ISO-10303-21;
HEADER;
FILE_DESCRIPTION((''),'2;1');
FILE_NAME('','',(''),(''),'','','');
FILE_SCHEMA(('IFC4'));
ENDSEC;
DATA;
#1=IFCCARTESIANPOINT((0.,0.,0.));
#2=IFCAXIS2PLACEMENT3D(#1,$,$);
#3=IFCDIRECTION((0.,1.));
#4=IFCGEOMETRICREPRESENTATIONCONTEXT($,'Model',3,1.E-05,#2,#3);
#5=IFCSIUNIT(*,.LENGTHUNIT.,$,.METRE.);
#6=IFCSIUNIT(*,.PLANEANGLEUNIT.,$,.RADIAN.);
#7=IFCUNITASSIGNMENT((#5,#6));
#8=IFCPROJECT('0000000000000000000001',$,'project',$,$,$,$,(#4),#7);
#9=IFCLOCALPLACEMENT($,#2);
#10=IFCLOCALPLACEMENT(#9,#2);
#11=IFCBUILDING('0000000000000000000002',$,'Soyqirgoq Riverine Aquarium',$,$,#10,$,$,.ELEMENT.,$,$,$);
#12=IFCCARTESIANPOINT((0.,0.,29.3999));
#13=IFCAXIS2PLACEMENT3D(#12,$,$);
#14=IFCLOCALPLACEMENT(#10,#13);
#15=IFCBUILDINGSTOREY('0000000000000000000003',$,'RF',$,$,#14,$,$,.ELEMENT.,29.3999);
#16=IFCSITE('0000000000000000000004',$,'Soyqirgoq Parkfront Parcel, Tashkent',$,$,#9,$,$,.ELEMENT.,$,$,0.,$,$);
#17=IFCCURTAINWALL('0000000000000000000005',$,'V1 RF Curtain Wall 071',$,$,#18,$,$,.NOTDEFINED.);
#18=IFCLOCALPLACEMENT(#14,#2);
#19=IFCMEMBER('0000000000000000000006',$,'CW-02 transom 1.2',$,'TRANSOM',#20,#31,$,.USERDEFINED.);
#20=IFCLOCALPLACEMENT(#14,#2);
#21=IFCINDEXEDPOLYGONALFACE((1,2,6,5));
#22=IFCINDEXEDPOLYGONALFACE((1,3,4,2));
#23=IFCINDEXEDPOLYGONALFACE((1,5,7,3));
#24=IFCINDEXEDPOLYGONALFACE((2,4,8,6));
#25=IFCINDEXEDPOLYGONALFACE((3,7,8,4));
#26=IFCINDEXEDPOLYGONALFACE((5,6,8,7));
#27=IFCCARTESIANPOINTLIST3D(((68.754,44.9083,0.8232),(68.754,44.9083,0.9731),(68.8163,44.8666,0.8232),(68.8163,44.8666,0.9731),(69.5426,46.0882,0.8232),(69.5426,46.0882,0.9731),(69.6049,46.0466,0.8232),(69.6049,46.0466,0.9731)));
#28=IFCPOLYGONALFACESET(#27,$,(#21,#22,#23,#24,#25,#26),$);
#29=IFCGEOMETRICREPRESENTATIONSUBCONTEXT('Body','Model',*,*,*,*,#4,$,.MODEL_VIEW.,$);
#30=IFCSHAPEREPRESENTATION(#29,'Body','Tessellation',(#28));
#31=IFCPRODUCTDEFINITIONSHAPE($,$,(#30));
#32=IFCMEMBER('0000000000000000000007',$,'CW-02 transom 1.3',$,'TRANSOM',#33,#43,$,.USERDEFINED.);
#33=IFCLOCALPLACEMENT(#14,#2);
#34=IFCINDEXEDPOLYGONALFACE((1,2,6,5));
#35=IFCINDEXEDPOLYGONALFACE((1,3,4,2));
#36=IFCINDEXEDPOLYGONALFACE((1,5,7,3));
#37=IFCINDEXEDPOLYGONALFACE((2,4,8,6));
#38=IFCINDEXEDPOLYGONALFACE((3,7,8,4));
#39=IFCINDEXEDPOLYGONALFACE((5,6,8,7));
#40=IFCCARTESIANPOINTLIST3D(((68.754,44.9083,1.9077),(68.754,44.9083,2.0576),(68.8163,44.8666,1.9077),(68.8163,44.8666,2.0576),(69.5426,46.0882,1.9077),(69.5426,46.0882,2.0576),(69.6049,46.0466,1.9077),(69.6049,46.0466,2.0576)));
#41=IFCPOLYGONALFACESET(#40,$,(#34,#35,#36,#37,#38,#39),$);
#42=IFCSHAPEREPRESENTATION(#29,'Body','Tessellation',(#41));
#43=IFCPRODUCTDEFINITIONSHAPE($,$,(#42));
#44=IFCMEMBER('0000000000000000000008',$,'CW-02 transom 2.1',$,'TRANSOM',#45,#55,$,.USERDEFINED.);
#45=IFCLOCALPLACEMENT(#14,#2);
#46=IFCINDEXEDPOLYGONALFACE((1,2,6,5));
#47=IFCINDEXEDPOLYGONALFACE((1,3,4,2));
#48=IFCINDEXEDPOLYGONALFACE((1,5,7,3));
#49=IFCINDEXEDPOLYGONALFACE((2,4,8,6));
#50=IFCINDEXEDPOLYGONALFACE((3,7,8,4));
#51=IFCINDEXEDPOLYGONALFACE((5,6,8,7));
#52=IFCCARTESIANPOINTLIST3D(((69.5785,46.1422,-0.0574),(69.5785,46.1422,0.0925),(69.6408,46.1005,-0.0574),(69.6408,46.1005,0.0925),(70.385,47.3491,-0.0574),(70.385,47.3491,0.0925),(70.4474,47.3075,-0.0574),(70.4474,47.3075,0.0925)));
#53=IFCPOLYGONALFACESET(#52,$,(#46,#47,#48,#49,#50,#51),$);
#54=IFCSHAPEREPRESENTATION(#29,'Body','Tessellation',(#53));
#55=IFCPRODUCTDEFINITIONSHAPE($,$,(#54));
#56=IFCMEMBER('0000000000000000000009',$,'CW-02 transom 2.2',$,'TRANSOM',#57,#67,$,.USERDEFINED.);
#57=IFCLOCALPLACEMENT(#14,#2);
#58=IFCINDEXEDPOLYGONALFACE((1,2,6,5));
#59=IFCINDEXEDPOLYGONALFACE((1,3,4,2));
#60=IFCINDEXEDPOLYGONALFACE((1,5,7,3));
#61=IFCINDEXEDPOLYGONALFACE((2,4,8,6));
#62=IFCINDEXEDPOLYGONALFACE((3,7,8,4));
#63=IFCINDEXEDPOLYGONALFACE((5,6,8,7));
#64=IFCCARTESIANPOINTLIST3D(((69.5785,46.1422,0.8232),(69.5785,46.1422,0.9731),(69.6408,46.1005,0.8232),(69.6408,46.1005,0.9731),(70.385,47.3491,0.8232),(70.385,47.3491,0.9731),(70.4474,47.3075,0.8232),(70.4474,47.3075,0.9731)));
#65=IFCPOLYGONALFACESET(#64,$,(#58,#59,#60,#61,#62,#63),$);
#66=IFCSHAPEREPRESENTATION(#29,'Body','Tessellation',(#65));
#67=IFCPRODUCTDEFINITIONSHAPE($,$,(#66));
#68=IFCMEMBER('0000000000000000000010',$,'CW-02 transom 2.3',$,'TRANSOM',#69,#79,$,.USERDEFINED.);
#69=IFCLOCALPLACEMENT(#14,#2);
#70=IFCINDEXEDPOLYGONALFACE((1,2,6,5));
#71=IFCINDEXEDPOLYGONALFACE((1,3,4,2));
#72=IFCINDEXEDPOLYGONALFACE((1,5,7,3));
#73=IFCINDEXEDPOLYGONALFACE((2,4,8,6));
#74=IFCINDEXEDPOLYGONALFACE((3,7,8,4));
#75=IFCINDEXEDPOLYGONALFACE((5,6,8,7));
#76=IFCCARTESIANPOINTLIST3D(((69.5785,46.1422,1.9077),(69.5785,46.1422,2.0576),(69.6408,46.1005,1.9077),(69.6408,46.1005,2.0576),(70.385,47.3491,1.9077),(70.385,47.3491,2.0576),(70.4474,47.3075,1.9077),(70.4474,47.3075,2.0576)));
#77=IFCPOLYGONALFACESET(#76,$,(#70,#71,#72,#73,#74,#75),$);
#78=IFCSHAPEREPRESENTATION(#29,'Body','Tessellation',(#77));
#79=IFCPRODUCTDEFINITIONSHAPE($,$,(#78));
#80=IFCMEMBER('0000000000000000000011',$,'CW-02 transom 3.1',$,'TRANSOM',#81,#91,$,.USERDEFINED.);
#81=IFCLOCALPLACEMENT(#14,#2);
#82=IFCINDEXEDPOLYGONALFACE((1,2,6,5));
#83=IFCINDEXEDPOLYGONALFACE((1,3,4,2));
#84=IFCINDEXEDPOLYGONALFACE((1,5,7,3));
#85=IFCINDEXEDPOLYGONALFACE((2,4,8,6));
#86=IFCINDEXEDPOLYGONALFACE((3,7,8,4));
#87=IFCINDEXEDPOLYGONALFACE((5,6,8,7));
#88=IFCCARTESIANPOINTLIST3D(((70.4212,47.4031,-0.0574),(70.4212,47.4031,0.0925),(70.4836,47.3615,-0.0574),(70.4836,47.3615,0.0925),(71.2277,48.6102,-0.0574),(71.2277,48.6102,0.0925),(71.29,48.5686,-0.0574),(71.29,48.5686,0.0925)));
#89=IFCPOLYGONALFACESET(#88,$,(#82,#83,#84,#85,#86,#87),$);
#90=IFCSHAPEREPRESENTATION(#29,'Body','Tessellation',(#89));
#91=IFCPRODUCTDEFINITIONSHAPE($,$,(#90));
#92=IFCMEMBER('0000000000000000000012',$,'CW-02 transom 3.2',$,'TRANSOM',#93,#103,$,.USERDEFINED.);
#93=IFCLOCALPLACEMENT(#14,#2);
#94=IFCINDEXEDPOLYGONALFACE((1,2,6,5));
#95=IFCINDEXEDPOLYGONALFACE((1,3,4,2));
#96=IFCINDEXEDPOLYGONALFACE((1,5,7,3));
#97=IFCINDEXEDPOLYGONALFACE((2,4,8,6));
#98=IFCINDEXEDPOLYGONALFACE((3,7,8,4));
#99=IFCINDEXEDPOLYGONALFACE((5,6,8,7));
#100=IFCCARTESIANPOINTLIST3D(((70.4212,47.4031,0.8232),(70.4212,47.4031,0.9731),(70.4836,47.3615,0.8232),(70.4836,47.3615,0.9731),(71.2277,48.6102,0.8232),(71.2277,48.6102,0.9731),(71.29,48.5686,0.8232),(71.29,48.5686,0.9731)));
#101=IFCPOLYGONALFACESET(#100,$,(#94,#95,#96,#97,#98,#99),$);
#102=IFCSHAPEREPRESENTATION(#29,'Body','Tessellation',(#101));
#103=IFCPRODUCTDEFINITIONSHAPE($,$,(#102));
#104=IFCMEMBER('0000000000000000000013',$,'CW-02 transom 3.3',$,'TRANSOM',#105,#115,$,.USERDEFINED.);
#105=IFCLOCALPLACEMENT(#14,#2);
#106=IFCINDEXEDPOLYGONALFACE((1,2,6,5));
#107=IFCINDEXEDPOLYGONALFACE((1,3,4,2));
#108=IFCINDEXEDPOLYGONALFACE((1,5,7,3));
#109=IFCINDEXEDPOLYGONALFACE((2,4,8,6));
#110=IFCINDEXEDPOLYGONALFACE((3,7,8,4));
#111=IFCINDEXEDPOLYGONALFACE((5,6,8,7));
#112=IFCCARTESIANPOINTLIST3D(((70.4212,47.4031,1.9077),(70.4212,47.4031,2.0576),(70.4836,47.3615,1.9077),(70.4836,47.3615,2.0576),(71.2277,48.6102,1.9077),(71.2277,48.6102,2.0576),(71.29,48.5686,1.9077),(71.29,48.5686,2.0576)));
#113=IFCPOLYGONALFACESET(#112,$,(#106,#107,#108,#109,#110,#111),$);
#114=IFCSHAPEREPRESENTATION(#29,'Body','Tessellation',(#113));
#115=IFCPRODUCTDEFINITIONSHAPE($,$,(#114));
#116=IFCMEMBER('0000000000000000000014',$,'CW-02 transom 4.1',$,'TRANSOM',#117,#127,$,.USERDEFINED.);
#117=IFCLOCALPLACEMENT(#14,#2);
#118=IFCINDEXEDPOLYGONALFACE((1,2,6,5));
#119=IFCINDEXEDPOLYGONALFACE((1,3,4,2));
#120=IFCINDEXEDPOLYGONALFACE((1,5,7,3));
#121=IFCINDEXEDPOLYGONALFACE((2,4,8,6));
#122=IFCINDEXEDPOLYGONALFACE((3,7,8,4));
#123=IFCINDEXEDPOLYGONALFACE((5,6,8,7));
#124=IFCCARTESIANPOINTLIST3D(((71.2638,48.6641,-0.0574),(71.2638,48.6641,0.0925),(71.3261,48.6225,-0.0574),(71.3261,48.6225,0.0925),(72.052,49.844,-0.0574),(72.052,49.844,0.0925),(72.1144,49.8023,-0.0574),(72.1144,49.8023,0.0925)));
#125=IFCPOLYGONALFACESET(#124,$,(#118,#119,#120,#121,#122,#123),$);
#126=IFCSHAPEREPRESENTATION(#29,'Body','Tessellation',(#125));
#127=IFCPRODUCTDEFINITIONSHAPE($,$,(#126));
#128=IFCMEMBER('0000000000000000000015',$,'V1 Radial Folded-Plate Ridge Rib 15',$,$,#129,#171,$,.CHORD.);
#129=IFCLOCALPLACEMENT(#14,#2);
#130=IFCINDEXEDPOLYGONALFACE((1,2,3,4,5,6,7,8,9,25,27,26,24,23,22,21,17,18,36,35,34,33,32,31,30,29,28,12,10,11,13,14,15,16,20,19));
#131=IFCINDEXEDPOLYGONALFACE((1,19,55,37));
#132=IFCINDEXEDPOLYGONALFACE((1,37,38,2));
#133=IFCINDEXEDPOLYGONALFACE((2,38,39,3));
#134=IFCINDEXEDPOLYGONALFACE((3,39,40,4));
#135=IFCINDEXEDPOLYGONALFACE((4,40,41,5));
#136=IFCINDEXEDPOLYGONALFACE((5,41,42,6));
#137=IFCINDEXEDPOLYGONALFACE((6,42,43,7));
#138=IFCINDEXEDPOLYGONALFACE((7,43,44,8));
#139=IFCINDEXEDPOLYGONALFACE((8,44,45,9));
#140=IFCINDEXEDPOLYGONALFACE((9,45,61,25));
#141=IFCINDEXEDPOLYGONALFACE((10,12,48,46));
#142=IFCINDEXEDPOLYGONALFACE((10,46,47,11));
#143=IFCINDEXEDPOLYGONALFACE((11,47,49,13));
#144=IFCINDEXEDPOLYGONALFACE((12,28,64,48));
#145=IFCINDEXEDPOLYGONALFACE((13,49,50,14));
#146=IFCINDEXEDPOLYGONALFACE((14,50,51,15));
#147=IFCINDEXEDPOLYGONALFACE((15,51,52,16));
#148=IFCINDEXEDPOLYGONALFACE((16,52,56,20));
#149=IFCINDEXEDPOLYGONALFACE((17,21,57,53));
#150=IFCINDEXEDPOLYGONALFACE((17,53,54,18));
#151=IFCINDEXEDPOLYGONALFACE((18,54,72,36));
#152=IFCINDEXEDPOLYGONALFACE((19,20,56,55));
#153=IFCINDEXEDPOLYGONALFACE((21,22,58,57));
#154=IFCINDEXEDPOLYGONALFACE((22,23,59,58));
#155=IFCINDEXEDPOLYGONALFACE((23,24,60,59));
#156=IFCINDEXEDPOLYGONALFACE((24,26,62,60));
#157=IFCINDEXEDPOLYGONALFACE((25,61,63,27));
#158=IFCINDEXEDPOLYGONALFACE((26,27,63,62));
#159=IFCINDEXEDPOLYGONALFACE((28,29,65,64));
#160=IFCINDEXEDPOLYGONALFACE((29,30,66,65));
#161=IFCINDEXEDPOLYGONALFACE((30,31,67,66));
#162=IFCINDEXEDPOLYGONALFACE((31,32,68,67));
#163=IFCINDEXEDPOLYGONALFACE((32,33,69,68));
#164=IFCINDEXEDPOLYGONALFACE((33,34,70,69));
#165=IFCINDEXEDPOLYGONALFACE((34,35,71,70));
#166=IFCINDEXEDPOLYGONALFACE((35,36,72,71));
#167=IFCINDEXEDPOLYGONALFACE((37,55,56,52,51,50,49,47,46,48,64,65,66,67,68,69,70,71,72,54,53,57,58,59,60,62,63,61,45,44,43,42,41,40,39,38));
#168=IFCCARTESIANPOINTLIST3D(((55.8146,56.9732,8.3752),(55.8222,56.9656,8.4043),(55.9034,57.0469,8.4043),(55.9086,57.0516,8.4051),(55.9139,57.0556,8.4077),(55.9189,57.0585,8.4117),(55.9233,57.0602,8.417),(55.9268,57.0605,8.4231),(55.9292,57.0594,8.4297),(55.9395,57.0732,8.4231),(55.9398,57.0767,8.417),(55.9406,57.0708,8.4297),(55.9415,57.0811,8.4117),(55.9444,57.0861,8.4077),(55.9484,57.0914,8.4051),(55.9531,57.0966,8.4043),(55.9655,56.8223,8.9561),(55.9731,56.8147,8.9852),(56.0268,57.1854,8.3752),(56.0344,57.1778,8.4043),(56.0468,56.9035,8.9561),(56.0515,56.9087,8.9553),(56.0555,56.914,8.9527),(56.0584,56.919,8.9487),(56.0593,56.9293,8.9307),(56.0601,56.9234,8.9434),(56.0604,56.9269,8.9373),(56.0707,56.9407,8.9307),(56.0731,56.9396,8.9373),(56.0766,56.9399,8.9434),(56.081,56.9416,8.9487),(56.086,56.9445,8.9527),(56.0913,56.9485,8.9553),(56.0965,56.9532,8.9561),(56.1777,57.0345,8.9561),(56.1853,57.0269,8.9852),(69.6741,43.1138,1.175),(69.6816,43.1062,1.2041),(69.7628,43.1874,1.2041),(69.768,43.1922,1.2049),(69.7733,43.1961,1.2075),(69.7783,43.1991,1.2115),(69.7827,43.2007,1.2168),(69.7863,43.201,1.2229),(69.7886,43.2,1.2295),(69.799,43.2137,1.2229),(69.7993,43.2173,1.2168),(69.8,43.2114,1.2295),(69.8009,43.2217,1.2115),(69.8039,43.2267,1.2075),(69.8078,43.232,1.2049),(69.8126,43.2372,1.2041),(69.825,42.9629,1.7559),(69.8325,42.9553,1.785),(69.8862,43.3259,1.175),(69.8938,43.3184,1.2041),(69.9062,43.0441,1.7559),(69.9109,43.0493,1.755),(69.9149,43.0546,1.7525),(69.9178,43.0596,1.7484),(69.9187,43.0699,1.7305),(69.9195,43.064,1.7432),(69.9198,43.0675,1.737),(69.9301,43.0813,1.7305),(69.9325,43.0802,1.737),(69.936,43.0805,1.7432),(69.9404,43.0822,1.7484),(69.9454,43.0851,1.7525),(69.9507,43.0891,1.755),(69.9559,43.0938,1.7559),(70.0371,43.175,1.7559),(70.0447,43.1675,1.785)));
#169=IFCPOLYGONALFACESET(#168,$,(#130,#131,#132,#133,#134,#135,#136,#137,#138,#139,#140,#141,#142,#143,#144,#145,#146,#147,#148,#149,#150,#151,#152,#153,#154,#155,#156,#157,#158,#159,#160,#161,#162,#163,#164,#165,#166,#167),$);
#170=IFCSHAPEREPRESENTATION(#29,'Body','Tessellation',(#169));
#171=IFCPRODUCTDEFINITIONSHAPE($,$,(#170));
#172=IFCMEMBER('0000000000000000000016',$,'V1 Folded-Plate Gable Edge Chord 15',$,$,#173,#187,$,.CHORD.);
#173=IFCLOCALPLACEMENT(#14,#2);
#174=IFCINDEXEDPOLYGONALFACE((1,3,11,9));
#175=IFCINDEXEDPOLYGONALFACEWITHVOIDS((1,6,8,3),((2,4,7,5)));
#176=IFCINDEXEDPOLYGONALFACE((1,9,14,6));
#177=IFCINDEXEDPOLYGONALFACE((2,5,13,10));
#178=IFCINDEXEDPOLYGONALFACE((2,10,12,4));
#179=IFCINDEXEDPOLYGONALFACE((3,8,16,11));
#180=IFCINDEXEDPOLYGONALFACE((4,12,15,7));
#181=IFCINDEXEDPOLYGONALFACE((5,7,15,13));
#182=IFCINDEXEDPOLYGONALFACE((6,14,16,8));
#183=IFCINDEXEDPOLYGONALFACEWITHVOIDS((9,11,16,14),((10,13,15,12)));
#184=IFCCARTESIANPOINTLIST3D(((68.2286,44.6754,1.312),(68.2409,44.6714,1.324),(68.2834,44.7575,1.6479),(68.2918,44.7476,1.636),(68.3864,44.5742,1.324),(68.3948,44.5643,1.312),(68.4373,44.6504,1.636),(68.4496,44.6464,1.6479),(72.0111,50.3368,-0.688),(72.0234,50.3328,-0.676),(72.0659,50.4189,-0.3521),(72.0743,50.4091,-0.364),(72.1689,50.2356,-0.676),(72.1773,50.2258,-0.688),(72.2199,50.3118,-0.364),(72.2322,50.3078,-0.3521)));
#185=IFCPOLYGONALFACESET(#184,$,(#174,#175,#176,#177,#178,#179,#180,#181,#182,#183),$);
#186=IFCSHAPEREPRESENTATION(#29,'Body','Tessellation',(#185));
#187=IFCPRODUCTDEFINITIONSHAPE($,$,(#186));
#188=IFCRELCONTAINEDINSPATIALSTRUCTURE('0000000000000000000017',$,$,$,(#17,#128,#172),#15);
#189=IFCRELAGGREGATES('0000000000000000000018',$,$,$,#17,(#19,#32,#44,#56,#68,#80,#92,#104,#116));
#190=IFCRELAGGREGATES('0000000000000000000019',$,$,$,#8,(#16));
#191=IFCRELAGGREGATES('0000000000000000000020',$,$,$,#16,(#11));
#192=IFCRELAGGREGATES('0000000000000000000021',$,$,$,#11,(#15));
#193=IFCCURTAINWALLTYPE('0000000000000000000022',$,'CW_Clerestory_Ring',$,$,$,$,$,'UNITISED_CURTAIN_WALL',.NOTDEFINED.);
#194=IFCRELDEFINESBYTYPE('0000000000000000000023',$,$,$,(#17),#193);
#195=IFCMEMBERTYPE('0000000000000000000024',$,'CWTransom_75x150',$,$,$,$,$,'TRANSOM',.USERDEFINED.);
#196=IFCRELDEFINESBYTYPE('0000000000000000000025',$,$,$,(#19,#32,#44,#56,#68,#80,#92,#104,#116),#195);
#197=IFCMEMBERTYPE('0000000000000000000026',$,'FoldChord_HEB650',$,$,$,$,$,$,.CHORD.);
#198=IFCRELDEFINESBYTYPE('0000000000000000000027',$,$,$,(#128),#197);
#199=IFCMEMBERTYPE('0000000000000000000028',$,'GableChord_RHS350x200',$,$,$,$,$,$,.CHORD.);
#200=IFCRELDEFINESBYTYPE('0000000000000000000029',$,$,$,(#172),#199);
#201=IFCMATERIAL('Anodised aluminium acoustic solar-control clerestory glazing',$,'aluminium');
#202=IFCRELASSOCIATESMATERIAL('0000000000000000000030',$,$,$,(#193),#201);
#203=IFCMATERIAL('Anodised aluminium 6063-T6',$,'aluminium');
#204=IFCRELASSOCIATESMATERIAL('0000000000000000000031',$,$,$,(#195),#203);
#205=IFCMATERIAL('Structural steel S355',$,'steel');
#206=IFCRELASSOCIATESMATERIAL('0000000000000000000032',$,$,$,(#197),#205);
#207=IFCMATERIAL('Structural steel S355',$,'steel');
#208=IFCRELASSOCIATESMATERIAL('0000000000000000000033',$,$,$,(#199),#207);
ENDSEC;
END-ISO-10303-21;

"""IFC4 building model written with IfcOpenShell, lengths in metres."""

from ifc_helpers import new_model, si_unit, direction, frame, origin, origin_2d, place, context, subcontext, project, spatial, rectangle, hollow_rectangle, i_section, extrude, material, material_profile, profile_set, type_object, element, aggregate, save


model = new_model("IFC4")

# Units and contexts
model_context = context("Model", 3, precision=1e-05, world=origin(), true_north=direction((0.0, 1.0)))
body_context = subcontext(model_context, "Body", "Model", "MODEL_VIEW")
ifc_project = project(units=[si_unit("LENGTHUNIT", "METRE"), si_unit("PLANEANGLEUNIT", "RADIAN")], contexts=[model_context])

# Site, building, storey
site_placement = place(None, origin())
site = spatial("IfcSite", under=ifc_project, at=site_placement, Name="Soyqirgoq Parkfront Parcel, Tashkent", CompositionType="ELEMENT", RefElevation=0.0)
building_placement = place(site_placement, origin())
building = spatial("IfcBuilding", under=site, at=building_placement, Name="Soyqirgoq Riverine Aquarium", CompositionType="ELEMENT")
storey_placement = place(building_placement, frame((0.0, 0.0, 29.3999)))
storey = spatial("IfcBuildingStorey", under=building, at=storey_placement, Name="RF", CompositionType="ELEMENT", Elevation=29.3999)

# Curtain wall
ifc_material_1 = material(Name="Anodised aluminium acoustic solar-control clerestory glazing", Category="aluminium")
curtain_wall_type = type_object("IfcCurtainWallType", Name="CW_Clerestory_Ring", ElementType="UNITISED_CURTAIN_WALL", PredefinedType="NOTDEFINED", material=ifc_material_1)
curtain_wall_1_placement = place(storey_placement, origin())
curtain_wall_1 = element("IfcCurtainWall", 1, at=curtain_wall_1_placement, inside=storey, type_object=curtain_wall_type, Name="V1 RF Curtain Wall 071", PredefinedType="NOTDEFINED")

# Members
ifc_material_2 = material(Name="Anodised aluminium 6063-T6", Category="aluminium")
ifc_material_profile_1 = material_profile(ifc_material_2, rectangle(XDim=0.075, YDim=0.1499, at=origin_2d()), Name="ALU-T 75x150")
ifc_profile_set_1 = profile_set([ifc_material_profile_1], Name="Anodised aluminium 6063-T6")
member_type_1 = type_object("IfcMemberType", Name="CWTransom_75x150", ElementType="TRANSOM", PredefinedType="USERDEFINED", material=ifc_profile_set_1)
member_1_placement = place(storey_placement, frame((68.7852, 44.8875, 0.8982), z_axis=(0.555653, 0.831415, 0.0), x_axis=(-0.831415, 0.555653, 0.0)))
member_1 = element("IfcMember", 2, at=member_1_placement, type_object=member_type_1, Name="CW-02 transom 1.2", ObjectType="TRANSOM", PredefinedType="USERDEFINED", context=body_context, shape_type="SweptSolid", body=[
    extrude(rectangle(XDim=0.075, YDim=0.1499, at=origin_2d()), origin(), (0.0, 0.0, 1.0), 1.4192),
])
member_2_placement = place(storey_placement, frame((68.7852, 44.8875, 1.9827), z_axis=(0.555653, 0.831415, 0.0), x_axis=(-0.831415, 0.555653, 0.0)))
member_2 = element("IfcMember", 3, at=member_2_placement, type_object=member_type_1, Name="CW-02 transom 1.3", ObjectType="TRANSOM", PredefinedType="USERDEFINED", context=body_context, shape_type="SweptSolid", body=[
    extrude(rectangle(XDim=0.075, YDim=0.1499, at=origin_2d()), origin(), (0.0, 0.0, 1.0), 1.4192),
])
member_3_placement = place(storey_placement, frame((69.6096, 46.1213, 0.0176), z_axis=(0.555631, 0.831429, 0.0), x_axis=(-0.831429, 0.555631, 0.0)))
member_3 = element("IfcMember", 4, at=member_3_placement, type_object=member_type_1, Name="CW-02 transom 2.1", ObjectType="TRANSOM", PredefinedType="USERDEFINED", context=body_context, shape_type="SweptSolid", body=[
    extrude(rectangle(XDim=0.075, YDim=0.1499, at=origin_2d()), origin(), (0.0, 0.0, 1.0), 1.4517),
])
member_4_placement = place(storey_placement, frame((69.6096, 46.1213, 0.8982), z_axis=(0.555631, 0.831429, 0.0), x_axis=(-0.831429, 0.555631, 0.0)))
member_4 = element("IfcMember", 5, at=member_4_placement, type_object=member_type_1, Name="CW-02 transom 2.2", ObjectType="TRANSOM", PredefinedType="USERDEFINED", context=body_context, shape_type="SweptSolid", body=[
    extrude(rectangle(XDim=0.075, YDim=0.1499, at=origin_2d()), origin(), (0.0, 0.0, 1.0), 1.4517),
])
member_5_placement = place(storey_placement, frame((69.6096, 46.1213, 1.9827), z_axis=(0.555631, 0.831429, 0.0), x_axis=(-0.831429, 0.555631, 0.0)))
member_5 = element("IfcMember", 6, at=member_5_placement, type_object=member_type_1, Name="CW-02 transom 2.3", ObjectType="TRANSOM", PredefinedType="USERDEFINED", context=body_context, shape_type="SweptSolid", body=[
    extrude(rectangle(XDim=0.075, YDim=0.1499, at=origin_2d()), origin(), (0.0, 0.0, 1.0), 1.4517),
])
member_6_placement = place(storey_placement, frame((70.4524, 47.3823, 0.0176), z_axis=(0.555515, 0.831507, 0.0), x_axis=(-0.831507, 0.555515, 0.0)))
member_6 = element("IfcMember", 7, at=member_6_placement, type_object=member_type_1, Name="CW-02 transom 3.1", ObjectType="TRANSOM", PredefinedType="USERDEFINED", context=body_context, shape_type="SweptSolid", body=[
    extrude(rectangle(XDim=0.075, YDim=0.1499, at=origin_2d()), origin(), (0.0, 0.0, 1.0), 1.4517),
])
member_7_placement = place(storey_placement, frame((70.4524, 47.3823, 0.8982), z_axis=(0.555515, 0.831507, 0.0), x_axis=(-0.831507, 0.555515, 0.0)))
member_7 = element("IfcMember", 8, at=member_7_placement, type_object=member_type_1, Name="CW-02 transom 3.2", ObjectType="TRANSOM", PredefinedType="USERDEFINED", context=body_context, shape_type="SweptSolid", body=[
    extrude(rectangle(XDim=0.075, YDim=0.1499, at=origin_2d()), origin(), (0.0, 0.0, 1.0), 1.4517),
])
member_8_placement = place(storey_placement, frame((70.4524, 47.3823, 1.9827), z_axis=(0.555515, 0.831507, 0.0), x_axis=(-0.831507, 0.555515, 0.0)))
member_8 = element("IfcMember", 9, at=member_8_placement, type_object=member_type_1, Name="CW-02 transom 3.3", ObjectType="TRANSOM", PredefinedType="USERDEFINED", context=body_context, shape_type="SweptSolid", body=[
    extrude(rectangle(XDim=0.075, YDim=0.1499, at=origin_2d()), origin(), (0.0, 0.0, 1.0), 1.4517),
])
member_9_placement = place(storey_placement, frame((71.2949, 48.6433, 0.0176), z_axis=(0.555534, 0.831494, 0.0), x_axis=(-0.831494, 0.555534, 0.0)))
member_9 = element("IfcMember", 10, at=member_9_placement, type_object=member_type_1, Name="CW-02 transom 4.1", ObjectType="TRANSOM", PredefinedType="USERDEFINED", context=body_context, shape_type="SweptSolid", body=[
    extrude(rectangle(XDim=0.075, YDim=0.1499, at=origin_2d()), origin(), (0.0, 0.0, 1.0), 1.4189),
])

# Members
ifc_material_3 = material(Name="Structural steel S355", Category="steel")
ifc_material_profile_2 = material_profile(ifc_material_3, i_section(OverallWidth=0.3, OverallDepth=0.6499, WebThickness=0.0161, FlangeThickness=0.031, FilletRadius=0.0271, at=origin_2d()), Name="HEB 650")
ifc_profile_set_2 = profile_set([ifc_material_profile_2], Name="Structural steel S355")
member_type_2 = type_object("IfcMemberType", Name="FoldChord_HEB650", PredefinedType="CHORD", material=ifc_profile_set_2)
member_10_placement = place(storey_placement, frame((69.8594, 43.1406, 1.48), z_axis=(-0.663738, 0.663738, 0.344824), x_axis=(-0.707107, -0.707107, 0.0)))
element("IfcMember", 11, at=member_10_placement, inside=storey, type_object=member_type_2, Name="V1 Radial Folded-Plate Ridge Rib 15", PredefinedType="CHORD", context=body_context, shape_type="SweptSolid", body=[
    extrude(i_section(OverallWidth=0.3, OverallDepth=0.6499, WebThickness=0.0161, FlangeThickness=0.031, FilletRadius=0.0271, at=origin_2d()), origin(), (0.0, 0.0, 1.0), 20.8809),
])
ifc_material_4 = material(Name="Structural steel S355", Category="steel")
ifc_material_profile_3 = material_profile(ifc_material_4, hollow_rectangle(XDim=0.2, YDim=0.3501, WallThickness=0.0125, at=origin_2d()), Name="RHS 350x200x12.5")
ifc_profile_set_3 = profile_set([ifc_material_profile_3], Name="Structural steel S355")
member_type_3 = type_object("IfcMemberType", Name="GableChord_RHS350x200", PredefinedType="CHORD", material=ifc_profile_set_3)
member_11_placement = place(storey_placement, frame((68.3391, 44.6609, 1.48), z_axis=(0.533016, 0.797786, -0.281835), x_axis=(-0.831493, 0.555536, 0.0)))
element("IfcMember", 12, at=member_11_placement, inside=storey, type_object=member_type_3, Name="V1 Folded-Plate Gable Edge Chord 15", PredefinedType="CHORD", context=body_context, shape_type="SweptSolid", body=[
    extrude(hollow_rectangle(XDim=0.2, YDim=0.3501, WallThickness=0.0125, at=origin_2d()), origin(), (0.0, 0.0, 1.0), 7.0964),
])

aggregate(curtain_wall_1, [member_1, member_2, member_3, member_4, member_5, member_6, member_7, member_8, member_9])

save(model, "model.ifc")
